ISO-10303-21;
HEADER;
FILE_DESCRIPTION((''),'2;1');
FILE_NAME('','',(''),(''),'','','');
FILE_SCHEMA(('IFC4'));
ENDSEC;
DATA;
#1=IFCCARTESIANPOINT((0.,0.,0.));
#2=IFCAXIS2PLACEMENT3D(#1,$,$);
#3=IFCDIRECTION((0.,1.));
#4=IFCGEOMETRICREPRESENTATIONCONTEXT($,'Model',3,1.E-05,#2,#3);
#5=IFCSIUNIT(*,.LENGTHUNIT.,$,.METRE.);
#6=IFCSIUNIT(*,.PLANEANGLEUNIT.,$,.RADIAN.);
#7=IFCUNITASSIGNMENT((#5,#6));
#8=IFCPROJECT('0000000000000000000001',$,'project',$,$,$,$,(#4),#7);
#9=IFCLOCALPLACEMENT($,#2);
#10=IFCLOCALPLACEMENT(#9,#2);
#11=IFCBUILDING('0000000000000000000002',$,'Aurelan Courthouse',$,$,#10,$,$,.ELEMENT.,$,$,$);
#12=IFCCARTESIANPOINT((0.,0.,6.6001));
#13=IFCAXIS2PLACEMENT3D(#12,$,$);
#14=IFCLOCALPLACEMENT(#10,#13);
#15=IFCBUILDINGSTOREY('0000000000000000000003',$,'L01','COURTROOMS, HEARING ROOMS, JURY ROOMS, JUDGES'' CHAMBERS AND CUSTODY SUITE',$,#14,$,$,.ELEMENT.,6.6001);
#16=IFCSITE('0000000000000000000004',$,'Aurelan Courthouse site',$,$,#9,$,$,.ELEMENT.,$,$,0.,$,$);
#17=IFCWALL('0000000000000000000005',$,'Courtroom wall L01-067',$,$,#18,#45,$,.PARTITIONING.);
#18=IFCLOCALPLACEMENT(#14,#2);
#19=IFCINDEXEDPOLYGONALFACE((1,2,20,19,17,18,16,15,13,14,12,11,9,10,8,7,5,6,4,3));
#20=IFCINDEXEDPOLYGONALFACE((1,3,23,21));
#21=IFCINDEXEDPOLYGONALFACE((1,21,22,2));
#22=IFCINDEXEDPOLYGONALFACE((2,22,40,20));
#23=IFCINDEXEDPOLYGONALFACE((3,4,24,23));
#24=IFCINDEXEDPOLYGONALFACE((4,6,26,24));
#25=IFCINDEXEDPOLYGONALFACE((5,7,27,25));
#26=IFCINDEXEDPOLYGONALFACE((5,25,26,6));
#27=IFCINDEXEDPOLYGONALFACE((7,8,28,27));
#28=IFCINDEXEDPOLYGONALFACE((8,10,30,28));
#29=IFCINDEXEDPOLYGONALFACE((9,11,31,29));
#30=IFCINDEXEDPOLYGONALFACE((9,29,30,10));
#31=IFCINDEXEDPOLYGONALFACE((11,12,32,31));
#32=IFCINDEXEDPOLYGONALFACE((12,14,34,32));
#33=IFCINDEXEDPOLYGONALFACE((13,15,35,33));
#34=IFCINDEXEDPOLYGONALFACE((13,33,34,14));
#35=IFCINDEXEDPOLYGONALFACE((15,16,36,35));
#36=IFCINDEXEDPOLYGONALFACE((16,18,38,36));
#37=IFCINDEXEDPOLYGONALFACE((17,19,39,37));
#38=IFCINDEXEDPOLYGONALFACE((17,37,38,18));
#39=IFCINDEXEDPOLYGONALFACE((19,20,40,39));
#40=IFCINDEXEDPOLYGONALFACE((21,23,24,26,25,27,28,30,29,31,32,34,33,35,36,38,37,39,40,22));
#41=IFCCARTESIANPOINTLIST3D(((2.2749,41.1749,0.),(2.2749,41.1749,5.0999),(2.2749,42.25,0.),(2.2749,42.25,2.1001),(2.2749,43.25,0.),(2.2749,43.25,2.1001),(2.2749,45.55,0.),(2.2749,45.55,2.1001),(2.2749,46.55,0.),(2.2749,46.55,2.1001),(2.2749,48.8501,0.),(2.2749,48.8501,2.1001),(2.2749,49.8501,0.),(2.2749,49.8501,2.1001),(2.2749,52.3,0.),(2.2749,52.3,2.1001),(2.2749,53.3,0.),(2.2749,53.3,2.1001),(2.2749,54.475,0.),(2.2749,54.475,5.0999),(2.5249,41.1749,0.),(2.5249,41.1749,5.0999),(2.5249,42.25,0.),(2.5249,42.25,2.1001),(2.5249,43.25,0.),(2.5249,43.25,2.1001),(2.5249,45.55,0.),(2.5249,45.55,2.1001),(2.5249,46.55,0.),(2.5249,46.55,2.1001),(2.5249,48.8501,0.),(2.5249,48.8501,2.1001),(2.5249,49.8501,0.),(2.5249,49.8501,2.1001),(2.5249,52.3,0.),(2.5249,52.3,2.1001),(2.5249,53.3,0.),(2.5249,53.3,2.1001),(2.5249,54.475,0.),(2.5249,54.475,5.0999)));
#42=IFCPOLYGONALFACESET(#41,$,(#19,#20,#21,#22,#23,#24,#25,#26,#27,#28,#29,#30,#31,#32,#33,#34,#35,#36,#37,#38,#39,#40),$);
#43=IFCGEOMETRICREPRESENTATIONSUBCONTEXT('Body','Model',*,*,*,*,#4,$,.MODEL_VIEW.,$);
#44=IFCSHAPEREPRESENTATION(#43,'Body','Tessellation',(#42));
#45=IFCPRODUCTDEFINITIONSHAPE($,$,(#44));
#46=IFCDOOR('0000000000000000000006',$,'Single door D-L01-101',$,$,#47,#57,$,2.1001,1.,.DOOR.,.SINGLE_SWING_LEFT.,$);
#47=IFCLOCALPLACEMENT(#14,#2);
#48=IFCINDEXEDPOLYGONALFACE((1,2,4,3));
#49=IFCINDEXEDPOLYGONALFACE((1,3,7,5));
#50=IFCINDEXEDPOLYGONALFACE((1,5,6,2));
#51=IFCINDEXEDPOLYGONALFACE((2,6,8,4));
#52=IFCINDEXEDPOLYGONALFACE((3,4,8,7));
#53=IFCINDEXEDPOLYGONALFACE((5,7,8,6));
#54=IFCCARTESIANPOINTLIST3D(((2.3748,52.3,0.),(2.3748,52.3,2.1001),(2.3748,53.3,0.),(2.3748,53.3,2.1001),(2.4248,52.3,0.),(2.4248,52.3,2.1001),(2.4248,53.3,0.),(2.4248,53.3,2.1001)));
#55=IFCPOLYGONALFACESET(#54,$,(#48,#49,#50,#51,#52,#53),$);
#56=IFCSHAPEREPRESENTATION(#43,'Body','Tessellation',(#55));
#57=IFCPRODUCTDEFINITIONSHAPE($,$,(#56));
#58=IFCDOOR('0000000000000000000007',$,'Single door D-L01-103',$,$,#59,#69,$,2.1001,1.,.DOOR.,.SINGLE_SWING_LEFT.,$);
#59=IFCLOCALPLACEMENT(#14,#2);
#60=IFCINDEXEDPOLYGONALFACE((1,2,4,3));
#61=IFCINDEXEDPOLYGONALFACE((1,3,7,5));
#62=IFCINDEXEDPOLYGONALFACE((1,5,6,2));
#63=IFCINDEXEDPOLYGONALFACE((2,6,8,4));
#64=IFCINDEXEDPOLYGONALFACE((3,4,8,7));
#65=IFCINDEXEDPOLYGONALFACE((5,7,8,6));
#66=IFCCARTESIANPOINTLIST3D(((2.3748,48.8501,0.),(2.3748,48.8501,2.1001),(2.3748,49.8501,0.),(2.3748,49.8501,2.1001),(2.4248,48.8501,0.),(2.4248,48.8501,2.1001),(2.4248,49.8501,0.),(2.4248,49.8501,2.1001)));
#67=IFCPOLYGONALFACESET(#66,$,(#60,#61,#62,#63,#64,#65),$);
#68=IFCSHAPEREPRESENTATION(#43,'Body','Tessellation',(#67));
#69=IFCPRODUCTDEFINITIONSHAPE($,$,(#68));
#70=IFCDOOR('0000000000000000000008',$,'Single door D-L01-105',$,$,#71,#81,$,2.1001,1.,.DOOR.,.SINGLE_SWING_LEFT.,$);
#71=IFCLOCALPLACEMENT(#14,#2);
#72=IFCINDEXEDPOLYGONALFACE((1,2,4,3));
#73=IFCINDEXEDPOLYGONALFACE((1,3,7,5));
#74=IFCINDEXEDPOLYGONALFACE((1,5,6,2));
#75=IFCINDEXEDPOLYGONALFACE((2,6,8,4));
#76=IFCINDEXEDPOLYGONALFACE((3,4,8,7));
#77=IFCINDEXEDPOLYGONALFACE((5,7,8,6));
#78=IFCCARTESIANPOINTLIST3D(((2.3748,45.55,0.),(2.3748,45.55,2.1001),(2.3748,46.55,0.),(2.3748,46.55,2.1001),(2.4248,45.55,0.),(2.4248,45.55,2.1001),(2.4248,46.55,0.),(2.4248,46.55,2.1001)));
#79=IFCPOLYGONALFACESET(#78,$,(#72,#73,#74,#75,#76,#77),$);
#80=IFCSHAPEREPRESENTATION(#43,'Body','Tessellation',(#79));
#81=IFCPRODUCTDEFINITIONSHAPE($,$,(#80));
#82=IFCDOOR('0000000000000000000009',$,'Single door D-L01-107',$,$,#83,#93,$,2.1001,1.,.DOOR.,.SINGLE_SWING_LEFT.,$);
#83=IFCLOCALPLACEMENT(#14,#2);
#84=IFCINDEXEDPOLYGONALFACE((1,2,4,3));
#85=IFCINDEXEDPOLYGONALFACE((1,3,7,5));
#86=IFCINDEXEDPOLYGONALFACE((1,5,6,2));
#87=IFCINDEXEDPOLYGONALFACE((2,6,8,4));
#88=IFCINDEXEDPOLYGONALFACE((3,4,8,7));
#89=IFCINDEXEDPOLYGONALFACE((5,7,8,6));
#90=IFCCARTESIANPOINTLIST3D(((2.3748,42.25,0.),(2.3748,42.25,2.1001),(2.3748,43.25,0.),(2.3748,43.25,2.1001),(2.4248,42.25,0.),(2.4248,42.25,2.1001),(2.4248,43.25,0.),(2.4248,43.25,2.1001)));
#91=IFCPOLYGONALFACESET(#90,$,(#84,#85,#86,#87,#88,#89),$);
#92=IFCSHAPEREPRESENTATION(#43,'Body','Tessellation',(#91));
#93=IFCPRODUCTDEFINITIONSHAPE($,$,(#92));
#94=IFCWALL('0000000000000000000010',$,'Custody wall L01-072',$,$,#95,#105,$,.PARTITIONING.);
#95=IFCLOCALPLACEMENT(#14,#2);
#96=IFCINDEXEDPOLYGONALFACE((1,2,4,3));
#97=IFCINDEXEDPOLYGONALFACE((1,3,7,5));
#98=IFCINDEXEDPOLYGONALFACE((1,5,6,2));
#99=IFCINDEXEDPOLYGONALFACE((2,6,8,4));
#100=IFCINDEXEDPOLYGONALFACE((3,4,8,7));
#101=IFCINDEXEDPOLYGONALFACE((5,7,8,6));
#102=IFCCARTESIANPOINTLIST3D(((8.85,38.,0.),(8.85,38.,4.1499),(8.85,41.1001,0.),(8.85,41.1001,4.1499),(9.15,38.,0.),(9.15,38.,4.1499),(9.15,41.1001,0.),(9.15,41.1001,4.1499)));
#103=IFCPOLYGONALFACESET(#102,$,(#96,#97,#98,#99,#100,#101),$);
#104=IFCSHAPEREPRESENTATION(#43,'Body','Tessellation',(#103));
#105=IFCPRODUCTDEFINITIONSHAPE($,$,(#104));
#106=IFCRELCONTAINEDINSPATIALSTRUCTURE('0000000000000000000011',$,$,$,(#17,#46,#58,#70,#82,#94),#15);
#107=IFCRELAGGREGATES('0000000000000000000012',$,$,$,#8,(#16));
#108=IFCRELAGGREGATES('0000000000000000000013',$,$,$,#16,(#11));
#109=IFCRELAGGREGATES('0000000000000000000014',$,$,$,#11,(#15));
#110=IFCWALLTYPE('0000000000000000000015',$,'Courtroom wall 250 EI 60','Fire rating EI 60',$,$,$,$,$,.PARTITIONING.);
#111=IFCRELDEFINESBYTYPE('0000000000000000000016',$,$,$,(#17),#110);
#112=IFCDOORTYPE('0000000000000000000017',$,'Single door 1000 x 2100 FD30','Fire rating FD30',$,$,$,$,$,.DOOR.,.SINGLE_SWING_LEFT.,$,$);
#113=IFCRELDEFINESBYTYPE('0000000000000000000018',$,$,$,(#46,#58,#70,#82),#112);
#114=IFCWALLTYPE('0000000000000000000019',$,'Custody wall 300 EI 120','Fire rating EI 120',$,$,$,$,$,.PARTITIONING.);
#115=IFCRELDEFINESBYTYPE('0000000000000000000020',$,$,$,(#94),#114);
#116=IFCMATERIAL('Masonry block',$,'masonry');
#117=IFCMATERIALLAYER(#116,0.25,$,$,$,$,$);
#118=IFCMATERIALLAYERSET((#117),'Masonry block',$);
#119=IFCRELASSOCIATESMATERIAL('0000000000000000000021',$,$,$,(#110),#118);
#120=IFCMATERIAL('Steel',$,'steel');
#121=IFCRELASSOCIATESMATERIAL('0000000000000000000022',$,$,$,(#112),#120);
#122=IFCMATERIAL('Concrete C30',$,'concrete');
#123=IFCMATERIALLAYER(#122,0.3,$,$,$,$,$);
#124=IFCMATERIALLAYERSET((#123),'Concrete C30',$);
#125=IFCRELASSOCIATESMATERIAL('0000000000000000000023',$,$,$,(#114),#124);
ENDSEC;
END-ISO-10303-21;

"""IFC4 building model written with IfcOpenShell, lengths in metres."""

from ifc_helpers import new_model, si_unit, direction, frame, frame_2d, origin, place, context, subcontext, project, spatial, rectangle, extrude, material, layer, layer_set, type_object, element, fill, save


model = new_model("IFC4")

# Units and contexts
model_context = context("Model", 3, precision=1e-05, world=origin(), true_north=direction((0.0, 1.0)))
body_context = subcontext(model_context, "Body", "Model", "MODEL_VIEW")
ifc_project = project(units=[si_unit("LENGTHUNIT", "METRE"), si_unit("PLANEANGLEUNIT", "RADIAN")], contexts=[model_context])

# Site, building, storey
site_placement = place(None, origin())
site = spatial("IfcSite", under=ifc_project, at=site_placement, Name="Aurelan Courthouse site", CompositionType="ELEMENT", RefElevation=0.0)
building_placement = place(site_placement, origin())
building = spatial("IfcBuilding", under=site, at=building_placement, Name="Aurelan Courthouse", CompositionType="ELEMENT")
storey_placement = place(building_placement, frame((0.0, 0.0, 6.6001)))
storey = spatial("IfcBuildingStorey", under=building, at=storey_placement, Name="L01", Description="COURTROOMS, HEARING ROOMS, JURY ROOMS, JUDGES' CHAMBERS AND CUSTODY SUITE", CompositionType="ELEMENT", Elevation=6.6001)

# Shared definitions
ifc_material_1 = material(Name="Steel", Category="steel")

# Shared definitions
ifc_material_2 = material(Name="Masonry block", Category="masonry")
ifc_layer_1 = layer(ifc_material_2, 0.25)
ifc_layer_set_1 = layer_set([ifc_layer_1], Name="Masonry block")
wall_type_1 = type_object("IfcWallType", Name="Courtroom wall 250 EI 60", Description="Fire rating EI 60", PredefinedType="PARTITIONING", material=ifc_layer_set_1)

# Wall, openings, doors
wall_1_placement = place(storey_placement, frame((2.3999, 41.175, 0.0), z_axis=(0.0, 0.0, 1.0), x_axis=(0.0, 1.0, 0.0)))
wall_1 = element("IfcWall", 1, at=wall_1_placement, inside=storey, type_object=wall_type_1, Name="Courtroom wall L01-067", PredefinedType="PARTITIONING", context=body_context, shape_type="SweptSolid", body=[
    extrude(rectangle(XDim=13.3, YDim=0.25, at=frame_2d((6.6499, 0.0))), origin(), (0.0, 0.0, 1.0), 5.0999),
])
opening_1_placement = place(wall_1_placement, frame((12.125, 0.0, 0.0), z_axis=(0.0, 0.0, 1.0), x_axis=(-1.0, 0.0, 0.0)))
opening_1 = element("IfcOpeningElement", 2, at=opening_1_placement, cuts=wall_1, PredefinedType="OPENING", context=body_context, shape_type="SweptSolid", body=[
    extrude(rectangle(XDim=1.0, YDim=2.1001, at=frame_2d((0.5, 1.05))), frame((0.0, 0.135, 0.0), z_axis=(0.0, -1.0, 0.0), x_axis=(1.0, 0.0, 0.0)), (0.0, 0.0, 1.0), 0.27),
])
opening_2_placement = place(wall_1_placement, frame((8.675, 0.0, 0.0), z_axis=(0.0, 0.0, 1.0), x_axis=(-1.0, 0.0, 0.0)))
opening_2 = element("IfcOpeningElement", 3, at=opening_2_placement, cuts=wall_1, PredefinedType="OPENING", context=body_context, shape_type="SweptSolid", body=[
    extrude(rectangle(XDim=1.0, YDim=2.1001, at=frame_2d((0.5, 1.05))), frame((0.0, 0.135, 0.0), z_axis=(0.0, -1.0, 0.0), x_axis=(1.0, 0.0, 0.0)), (0.0, 0.0, 1.0), 0.27),
])
opening_3_placement = place(wall_1_placement, frame((5.375, 0.0, 0.0), z_axis=(0.0, 0.0, 1.0), x_axis=(-1.0, 0.0, 0.0)))
opening_3 = element("IfcOpeningElement", 4, at=opening_3_placement, cuts=wall_1, PredefinedType="OPENING", context=body_context, shape_type="SweptSolid", body=[
    extrude(rectangle(XDim=1.0, YDim=2.1001, at=frame_2d((0.5, 1.05))), frame((0.0, 0.135, 0.0), z_axis=(0.0, -1.0, 0.0), x_axis=(1.0, 0.0, 0.0)), (0.0, 0.0, 1.0), 0.27),
])
opening_4_placement = place(wall_1_placement, frame((2.075, 0.0, 0.0), z_axis=(0.0, 0.0, 1.0), x_axis=(-1.0, 0.0, 0.0)))
opening_4 = element("IfcOpeningElement", 5, at=opening_4_placement, cuts=wall_1, PredefinedType="OPENING", context=body_context, shape_type="SweptSolid", body=[
    extrude(rectangle(XDim=1.0, YDim=2.1001, at=frame_2d((0.5, 1.05))), frame((0.0, 0.135, 0.0), z_axis=(0.0, -1.0, 0.0), x_axis=(1.0, 0.0, 0.0)), (0.0, 0.0, 1.0), 0.27),
])
door_type_1 = type_object("IfcDoorType", Name="Single door 1000 x 2100 FD30", Description="Fire rating FD30", OperationType="SINGLE_SWING_LEFT", PredefinedType="DOOR", material=ifc_material_1)
door_1_placement = place(opening_1_placement, origin())
door_1 = element("IfcDoor", 6, at=door_1_placement, inside=storey, type_object=door_type_1, Name="Single door D-L01-101", OperationType="SINGLE_SWING_LEFT", OverallHeight=2.1001, OverallWidth=1.0, PredefinedType="DOOR", context=body_context, shape_type="SweptSolid", body=[
    extrude(rectangle(XDim=1.0, YDim=2.1001, at=frame_2d((0.5, 1.05))), frame((0.0, 0.0249, 0.0), z_axis=(0.0, -1.0, 0.0), x_axis=(1.0, 0.0, 0.0)), (0.0, 0.0, 1.0), 0.05),
])
fill(opening_1, door_1)
door_2_placement = place(opening_2_placement, origin())
door_2 = element("IfcDoor", 7, at=door_2_placement, inside=storey, type_object=door_type_1, Name="Single door D-L01-103", OperationType="SINGLE_SWING_LEFT", OverallHeight=2.1001, OverallWidth=1.0, PredefinedType="DOOR", context=body_context, shape_type="SweptSolid", body=[
    extrude(rectangle(XDim=1.0, YDim=2.1001, at=frame_2d((0.5, 1.05))), frame((0.0, 0.0249, 0.0), z_axis=(0.0, -1.0, 0.0), x_axis=(1.0, 0.0, 0.0)), (0.0, 0.0, 1.0), 0.05),
])
fill(opening_2, door_2)
door_3_placement = place(opening_3_placement, origin())
door_3 = element("IfcDoor", 8, at=door_3_placement, inside=storey, type_object=door_type_1, Name="Single door D-L01-105", OperationType="SINGLE_SWING_LEFT", OverallHeight=2.1001, OverallWidth=1.0, PredefinedType="DOOR", context=body_context, shape_type="SweptSolid", body=[
    extrude(rectangle(XDim=1.0, YDim=2.1001, at=frame_2d((0.5, 1.05))), frame((0.0, 0.0249, 0.0), z_axis=(0.0, -1.0, 0.0), x_axis=(1.0, 0.0, 0.0)), (0.0, 0.0, 1.0), 0.05),
])
fill(opening_3, door_3)
door_4_placement = place(opening_4_placement, origin())
door_4 = element("IfcDoor", 9, at=door_4_placement, inside=storey, type_object=door_type_1, Name="Single door D-L01-107", OperationType="SINGLE_SWING_LEFT", OverallHeight=2.1001, OverallWidth=1.0, PredefinedType="DOOR", context=body_context, shape_type="SweptSolid", body=[
    extrude(rectangle(XDim=1.0, YDim=2.1001, at=frame_2d((0.5, 1.05))), frame((0.0, 0.0249, 0.0), z_axis=(0.0, -1.0, 0.0), x_axis=(1.0, 0.0, 0.0)), (0.0, 0.0, 1.0), 0.05),
])
fill(opening_4, door_4)

# Wall
ifc_material_3 = material(Name="Concrete C30", Category="concrete")
ifc_layer_2 = layer(ifc_material_3, 0.3)
ifc_layer_set_2 = layer_set([ifc_layer_2], Name="Concrete C30")
wall_type_2 = type_object("IfcWallType", Name="Custody wall 300 EI 120", Description="Fire rating EI 120", PredefinedType="PARTITIONING", material=ifc_layer_set_2)
wall_2_placement = place(storey_placement, frame((9.0, 38.0, 0.0), z_axis=(0.0, 0.0, 1.0), x_axis=(0.0, 1.0, 0.0)))
element("IfcWall", 10, at=wall_2_placement, inside=storey, type_object=wall_type_2, Name="Custody wall L01-072", PredefinedType="PARTITIONING", context=body_context, shape_type="SweptSolid", body=[
    extrude(rectangle(XDim=3.1001, YDim=0.3, at=frame_2d((1.55, 0.0))), origin(), (0.0, 0.0, 1.0), 4.1499),
])

save(model, "model.ifc")
